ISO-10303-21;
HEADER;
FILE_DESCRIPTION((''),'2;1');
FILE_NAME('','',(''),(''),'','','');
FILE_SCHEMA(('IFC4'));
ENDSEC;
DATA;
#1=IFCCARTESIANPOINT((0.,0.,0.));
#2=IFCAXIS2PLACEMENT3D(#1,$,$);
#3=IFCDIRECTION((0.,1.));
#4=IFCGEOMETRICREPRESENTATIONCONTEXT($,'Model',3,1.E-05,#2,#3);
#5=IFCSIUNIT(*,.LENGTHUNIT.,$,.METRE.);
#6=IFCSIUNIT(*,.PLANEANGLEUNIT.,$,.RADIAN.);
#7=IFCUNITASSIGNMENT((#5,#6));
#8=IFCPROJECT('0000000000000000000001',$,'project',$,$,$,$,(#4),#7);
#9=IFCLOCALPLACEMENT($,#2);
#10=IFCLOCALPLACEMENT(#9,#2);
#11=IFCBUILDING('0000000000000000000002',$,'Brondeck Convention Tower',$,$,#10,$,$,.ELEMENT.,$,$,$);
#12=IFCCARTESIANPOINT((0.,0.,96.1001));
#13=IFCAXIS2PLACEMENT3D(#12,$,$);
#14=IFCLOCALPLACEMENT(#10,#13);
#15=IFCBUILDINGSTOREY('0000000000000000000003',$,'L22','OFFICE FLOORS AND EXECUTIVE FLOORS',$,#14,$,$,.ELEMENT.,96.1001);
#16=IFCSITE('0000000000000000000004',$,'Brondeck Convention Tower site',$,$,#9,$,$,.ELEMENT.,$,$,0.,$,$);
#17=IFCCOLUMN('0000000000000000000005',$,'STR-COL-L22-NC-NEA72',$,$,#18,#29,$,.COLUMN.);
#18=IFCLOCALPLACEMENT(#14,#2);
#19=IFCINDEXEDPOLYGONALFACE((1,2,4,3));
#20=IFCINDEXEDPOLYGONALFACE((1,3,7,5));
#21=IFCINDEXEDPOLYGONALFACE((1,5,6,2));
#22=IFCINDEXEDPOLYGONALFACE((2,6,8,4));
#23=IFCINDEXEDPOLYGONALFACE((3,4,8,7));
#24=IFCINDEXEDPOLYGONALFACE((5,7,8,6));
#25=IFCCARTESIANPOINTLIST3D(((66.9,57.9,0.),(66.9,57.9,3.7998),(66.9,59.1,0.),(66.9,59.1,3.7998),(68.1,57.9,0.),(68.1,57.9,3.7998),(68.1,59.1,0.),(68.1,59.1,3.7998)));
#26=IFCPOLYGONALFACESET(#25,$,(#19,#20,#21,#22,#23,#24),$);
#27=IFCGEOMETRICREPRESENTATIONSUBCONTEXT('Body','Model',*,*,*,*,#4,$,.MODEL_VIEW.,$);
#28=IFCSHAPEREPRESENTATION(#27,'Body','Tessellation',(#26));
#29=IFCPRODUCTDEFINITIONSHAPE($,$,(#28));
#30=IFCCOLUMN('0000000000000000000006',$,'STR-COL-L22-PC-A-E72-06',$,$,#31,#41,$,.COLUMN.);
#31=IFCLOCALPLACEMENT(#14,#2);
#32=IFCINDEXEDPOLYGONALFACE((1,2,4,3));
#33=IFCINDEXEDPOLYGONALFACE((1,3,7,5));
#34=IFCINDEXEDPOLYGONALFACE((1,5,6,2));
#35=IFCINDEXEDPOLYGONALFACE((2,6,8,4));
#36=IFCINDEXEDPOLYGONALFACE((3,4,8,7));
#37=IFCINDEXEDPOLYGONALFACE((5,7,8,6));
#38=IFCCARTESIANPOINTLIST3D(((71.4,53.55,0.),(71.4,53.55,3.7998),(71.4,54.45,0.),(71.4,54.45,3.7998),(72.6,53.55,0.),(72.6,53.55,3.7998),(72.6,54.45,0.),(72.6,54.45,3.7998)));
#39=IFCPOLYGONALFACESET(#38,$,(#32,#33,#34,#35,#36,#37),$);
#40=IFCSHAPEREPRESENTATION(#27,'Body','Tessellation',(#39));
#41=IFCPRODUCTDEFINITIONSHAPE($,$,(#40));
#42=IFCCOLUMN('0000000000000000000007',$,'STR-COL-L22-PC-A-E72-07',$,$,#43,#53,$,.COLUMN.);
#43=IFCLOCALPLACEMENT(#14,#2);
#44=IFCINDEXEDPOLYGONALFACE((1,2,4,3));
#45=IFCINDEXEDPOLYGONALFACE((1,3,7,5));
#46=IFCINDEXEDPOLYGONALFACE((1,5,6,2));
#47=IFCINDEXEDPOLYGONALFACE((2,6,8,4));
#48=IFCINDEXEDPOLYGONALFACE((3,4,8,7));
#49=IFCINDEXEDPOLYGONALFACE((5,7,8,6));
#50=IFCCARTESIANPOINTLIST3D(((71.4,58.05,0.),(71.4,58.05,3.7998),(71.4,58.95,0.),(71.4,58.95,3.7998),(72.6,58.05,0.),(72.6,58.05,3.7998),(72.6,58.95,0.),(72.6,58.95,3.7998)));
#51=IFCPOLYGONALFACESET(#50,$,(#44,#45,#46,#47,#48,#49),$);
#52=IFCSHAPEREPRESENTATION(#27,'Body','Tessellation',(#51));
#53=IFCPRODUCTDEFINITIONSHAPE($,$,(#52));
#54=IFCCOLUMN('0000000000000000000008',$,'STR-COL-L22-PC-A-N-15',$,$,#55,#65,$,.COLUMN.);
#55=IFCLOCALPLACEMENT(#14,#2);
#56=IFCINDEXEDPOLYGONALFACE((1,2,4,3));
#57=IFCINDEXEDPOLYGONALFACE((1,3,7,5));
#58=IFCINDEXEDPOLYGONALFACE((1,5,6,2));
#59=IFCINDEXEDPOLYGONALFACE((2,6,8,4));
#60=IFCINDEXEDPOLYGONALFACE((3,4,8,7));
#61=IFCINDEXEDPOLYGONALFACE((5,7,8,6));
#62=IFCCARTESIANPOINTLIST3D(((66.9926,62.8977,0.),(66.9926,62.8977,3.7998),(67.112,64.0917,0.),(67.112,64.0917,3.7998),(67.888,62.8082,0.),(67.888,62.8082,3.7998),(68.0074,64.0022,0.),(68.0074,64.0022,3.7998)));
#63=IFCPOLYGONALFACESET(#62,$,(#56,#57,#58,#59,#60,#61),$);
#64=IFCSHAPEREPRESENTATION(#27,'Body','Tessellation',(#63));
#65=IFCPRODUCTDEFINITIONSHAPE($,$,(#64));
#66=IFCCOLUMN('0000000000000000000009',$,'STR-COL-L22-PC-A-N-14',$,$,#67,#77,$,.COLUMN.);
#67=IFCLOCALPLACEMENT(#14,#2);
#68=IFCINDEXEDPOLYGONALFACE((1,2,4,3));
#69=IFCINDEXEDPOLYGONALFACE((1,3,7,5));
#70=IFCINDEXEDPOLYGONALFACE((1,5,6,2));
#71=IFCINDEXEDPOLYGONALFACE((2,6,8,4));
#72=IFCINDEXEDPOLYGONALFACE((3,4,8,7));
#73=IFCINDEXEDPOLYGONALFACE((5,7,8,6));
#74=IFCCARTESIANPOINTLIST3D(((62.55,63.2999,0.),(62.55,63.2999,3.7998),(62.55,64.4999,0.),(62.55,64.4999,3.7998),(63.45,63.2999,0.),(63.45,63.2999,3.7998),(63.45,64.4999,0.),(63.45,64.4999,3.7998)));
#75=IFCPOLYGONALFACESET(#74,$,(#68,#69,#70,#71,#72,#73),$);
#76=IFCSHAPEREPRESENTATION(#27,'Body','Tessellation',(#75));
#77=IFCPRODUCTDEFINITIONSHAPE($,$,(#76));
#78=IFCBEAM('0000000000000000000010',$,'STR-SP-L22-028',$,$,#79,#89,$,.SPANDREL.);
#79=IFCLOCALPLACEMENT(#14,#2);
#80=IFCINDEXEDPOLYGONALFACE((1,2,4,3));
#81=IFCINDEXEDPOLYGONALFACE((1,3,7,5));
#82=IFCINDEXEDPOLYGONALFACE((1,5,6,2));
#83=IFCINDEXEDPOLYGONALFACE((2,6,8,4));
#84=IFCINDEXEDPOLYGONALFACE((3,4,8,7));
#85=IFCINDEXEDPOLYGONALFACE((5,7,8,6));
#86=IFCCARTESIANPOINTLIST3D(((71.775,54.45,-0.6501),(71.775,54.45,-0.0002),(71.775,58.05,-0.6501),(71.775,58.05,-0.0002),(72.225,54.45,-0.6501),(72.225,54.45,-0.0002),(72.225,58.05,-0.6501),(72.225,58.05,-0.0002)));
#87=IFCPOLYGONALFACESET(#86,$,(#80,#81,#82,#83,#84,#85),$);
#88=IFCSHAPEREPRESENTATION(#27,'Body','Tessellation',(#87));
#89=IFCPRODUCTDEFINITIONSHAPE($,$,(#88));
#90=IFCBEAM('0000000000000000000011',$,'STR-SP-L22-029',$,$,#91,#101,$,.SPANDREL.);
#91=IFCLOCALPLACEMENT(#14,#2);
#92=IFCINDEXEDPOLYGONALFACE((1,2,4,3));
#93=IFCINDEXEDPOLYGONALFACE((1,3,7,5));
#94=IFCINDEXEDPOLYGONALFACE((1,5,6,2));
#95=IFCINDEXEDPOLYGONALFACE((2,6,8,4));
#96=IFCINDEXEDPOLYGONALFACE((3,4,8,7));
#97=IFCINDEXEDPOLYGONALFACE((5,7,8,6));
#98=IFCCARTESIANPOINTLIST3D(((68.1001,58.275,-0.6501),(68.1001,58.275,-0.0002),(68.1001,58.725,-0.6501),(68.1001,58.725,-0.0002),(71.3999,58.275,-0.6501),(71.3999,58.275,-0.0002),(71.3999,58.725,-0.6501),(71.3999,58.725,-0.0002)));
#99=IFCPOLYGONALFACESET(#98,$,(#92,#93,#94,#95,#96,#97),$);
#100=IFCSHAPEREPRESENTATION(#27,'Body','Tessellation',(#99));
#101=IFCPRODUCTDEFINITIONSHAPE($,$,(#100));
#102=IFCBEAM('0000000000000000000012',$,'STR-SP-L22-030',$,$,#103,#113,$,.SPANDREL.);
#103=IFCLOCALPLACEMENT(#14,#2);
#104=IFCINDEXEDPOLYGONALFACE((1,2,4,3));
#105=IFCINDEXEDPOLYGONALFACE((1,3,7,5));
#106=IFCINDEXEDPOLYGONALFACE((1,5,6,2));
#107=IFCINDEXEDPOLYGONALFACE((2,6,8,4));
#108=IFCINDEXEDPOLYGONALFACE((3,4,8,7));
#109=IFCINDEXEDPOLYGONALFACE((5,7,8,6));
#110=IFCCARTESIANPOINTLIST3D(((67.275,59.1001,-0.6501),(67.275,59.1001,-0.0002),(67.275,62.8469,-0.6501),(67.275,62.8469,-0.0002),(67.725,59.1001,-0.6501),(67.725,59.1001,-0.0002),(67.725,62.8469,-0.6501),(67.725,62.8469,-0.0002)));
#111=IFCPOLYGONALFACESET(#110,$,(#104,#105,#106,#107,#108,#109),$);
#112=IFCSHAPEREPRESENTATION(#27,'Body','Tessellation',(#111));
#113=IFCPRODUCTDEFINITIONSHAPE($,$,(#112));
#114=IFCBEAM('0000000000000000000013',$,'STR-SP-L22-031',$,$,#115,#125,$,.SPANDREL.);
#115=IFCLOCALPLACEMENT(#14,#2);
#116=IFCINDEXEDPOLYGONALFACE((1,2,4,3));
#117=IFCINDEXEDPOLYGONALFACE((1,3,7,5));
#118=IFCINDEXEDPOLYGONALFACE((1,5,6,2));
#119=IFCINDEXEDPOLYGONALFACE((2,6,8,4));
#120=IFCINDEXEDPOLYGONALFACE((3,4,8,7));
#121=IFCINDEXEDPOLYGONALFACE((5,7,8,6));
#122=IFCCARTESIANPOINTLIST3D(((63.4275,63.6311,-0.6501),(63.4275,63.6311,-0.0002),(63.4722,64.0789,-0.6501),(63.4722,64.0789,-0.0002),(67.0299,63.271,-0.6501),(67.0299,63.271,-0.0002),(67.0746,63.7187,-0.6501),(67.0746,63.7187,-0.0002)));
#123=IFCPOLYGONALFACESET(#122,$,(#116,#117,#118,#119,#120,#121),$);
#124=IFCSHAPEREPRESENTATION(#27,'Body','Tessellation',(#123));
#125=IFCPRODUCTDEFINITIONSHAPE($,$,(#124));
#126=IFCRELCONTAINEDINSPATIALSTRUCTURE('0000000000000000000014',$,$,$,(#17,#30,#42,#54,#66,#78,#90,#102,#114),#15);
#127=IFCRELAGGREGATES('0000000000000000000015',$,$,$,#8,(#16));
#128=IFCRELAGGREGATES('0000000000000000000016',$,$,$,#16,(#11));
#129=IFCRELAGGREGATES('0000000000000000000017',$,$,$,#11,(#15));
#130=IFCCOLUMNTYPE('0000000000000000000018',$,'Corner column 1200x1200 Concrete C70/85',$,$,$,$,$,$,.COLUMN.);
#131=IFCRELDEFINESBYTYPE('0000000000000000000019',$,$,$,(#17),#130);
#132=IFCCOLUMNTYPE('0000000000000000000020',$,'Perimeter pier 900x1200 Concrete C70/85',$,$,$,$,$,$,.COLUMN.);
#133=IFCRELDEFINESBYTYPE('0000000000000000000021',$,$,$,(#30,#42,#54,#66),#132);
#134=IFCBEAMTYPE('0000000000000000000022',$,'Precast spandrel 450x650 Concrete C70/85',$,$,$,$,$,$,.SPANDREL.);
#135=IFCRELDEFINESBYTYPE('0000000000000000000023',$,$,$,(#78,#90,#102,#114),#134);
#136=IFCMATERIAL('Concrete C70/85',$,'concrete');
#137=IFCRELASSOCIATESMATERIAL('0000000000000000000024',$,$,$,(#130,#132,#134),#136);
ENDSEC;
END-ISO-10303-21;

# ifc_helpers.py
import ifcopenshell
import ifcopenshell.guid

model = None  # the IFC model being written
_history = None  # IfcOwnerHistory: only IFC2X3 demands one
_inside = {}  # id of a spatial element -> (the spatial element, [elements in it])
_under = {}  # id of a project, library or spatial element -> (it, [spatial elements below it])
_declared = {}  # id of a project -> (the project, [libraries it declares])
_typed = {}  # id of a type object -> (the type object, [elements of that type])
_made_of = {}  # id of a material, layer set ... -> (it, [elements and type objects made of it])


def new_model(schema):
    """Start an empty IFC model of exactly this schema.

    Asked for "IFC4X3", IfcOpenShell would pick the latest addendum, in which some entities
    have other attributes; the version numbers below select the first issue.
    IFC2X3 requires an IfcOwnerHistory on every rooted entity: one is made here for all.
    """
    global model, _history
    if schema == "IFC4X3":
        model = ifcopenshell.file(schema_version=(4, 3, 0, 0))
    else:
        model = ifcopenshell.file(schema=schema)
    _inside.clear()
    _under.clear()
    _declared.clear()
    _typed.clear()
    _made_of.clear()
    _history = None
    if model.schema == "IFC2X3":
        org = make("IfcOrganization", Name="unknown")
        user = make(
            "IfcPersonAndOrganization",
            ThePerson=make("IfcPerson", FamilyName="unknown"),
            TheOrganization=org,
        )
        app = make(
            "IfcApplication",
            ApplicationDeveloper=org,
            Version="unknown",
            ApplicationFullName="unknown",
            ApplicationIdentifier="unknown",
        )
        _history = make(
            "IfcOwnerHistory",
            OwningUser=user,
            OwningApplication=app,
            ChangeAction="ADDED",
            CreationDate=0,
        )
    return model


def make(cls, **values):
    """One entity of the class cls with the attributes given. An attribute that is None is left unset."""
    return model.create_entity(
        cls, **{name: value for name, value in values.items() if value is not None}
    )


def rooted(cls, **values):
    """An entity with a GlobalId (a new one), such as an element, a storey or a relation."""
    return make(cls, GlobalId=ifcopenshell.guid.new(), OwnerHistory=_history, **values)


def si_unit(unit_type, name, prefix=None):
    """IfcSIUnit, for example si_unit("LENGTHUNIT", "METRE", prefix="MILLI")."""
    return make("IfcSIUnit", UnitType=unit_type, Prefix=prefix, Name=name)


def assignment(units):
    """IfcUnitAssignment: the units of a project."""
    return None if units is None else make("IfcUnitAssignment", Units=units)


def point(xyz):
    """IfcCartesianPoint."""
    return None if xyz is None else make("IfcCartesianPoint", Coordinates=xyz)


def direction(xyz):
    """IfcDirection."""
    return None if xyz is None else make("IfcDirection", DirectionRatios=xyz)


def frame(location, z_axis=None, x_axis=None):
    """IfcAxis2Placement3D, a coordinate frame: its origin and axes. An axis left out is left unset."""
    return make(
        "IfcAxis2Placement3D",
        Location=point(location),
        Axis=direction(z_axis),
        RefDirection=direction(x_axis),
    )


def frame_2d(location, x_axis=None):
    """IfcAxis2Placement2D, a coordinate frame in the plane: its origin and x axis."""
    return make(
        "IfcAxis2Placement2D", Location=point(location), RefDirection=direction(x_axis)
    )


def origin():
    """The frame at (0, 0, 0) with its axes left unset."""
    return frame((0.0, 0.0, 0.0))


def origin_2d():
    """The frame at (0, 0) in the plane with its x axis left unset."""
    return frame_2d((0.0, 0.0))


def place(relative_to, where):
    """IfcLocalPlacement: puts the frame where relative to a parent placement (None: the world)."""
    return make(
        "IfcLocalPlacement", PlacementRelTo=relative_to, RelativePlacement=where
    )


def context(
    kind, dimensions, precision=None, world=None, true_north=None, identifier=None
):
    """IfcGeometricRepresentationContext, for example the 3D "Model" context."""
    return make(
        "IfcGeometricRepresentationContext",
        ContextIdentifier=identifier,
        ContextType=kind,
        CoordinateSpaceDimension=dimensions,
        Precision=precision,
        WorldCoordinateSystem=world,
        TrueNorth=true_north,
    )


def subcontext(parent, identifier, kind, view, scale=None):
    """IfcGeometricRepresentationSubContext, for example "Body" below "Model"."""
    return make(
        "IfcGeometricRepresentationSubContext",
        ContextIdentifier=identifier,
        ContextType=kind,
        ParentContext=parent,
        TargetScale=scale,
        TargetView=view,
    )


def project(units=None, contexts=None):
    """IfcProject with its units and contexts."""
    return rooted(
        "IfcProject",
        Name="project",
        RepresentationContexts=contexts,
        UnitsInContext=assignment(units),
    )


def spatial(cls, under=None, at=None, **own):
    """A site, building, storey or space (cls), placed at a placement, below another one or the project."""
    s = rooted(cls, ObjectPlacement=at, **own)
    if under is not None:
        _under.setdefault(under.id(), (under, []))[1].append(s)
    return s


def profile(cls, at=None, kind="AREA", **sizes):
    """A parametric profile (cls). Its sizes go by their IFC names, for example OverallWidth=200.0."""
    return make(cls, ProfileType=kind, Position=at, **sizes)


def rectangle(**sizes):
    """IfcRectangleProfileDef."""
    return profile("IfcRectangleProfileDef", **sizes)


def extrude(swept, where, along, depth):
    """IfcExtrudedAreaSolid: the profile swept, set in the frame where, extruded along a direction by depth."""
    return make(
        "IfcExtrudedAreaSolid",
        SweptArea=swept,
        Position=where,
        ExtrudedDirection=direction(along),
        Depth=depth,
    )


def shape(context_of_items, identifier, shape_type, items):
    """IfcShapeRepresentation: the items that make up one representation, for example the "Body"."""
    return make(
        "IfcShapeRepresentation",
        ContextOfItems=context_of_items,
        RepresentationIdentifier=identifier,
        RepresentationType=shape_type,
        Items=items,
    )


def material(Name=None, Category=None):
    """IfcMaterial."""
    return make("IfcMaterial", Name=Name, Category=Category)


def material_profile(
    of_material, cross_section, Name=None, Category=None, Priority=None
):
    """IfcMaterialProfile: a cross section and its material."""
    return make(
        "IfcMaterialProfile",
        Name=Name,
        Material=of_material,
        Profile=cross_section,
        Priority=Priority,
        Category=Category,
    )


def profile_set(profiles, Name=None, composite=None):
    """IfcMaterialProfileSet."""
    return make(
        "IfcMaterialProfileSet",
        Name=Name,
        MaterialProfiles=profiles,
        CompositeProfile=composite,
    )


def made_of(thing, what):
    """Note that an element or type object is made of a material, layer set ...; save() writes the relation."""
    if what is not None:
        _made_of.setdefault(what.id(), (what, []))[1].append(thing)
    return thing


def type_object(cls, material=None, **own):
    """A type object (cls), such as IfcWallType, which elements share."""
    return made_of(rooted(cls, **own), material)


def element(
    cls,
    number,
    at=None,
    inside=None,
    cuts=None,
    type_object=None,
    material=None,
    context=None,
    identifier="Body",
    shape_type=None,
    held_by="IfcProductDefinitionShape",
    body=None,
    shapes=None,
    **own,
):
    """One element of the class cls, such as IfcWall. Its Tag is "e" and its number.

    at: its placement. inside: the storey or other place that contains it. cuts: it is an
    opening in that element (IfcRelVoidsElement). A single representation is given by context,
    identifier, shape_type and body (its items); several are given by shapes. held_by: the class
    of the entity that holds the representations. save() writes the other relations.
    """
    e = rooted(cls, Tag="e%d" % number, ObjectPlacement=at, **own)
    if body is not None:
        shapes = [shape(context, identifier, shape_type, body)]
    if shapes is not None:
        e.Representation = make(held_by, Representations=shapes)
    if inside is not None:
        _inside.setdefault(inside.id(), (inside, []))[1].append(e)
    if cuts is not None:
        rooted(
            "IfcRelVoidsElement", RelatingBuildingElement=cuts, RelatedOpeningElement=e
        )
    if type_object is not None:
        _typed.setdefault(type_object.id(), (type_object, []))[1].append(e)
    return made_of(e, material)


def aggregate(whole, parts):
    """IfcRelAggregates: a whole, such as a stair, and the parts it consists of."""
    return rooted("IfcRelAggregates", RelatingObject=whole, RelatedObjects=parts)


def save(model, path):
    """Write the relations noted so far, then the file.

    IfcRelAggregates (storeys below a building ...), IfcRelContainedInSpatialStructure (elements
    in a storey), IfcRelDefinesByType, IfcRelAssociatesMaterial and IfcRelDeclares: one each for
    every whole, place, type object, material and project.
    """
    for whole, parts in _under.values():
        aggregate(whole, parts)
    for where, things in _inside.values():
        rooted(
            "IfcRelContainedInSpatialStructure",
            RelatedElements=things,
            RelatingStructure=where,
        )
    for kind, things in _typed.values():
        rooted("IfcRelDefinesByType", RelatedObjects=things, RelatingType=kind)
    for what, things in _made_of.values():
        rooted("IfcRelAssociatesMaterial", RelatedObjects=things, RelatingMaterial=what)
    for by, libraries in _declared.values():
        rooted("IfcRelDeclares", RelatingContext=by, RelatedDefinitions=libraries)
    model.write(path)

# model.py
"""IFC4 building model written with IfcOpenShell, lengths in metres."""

from ifc_helpers import new_model, si_unit, direction, frame, origin, origin_2d, place, context, subcontext, project, spatial, rectangle, extrude, material, material_profile, profile_set, type_object, element, save


model = new_model("IFC4")

# Units and contexts
model_context = context("Model", 3, precision=1e-05, world=origin(), true_north=direction((0.0, 1.0)))
body_context = subcontext(model_context, "Body", "Model", "MODEL_VIEW")
ifc_project = project(units=[si_unit("LENGTHUNIT", "METRE"), si_unit("PLANEANGLEUNIT", "RADIAN")], contexts=[model_context])

# Site, building, storey
site_placement = place(None, origin())
site = spatial("IfcSite", under=ifc_project, at=site_placement, Name="Brondeck Convention Tower site", CompositionType="ELEMENT", RefElevation=0.0)
building_placement = place(site_placement, origin())
building = spatial("IfcBuilding", under=site, at=building_placement, Name="Brondeck Convention Tower", CompositionType="ELEMENT")
storey_placement = place(building_placement, frame((0.0, 0.0, 96.1001)))
storey = spatial("IfcBuildingStorey", under=building, at=storey_placement, Name="L22", Description="OFFICE FLOORS AND EXECUTIVE FLOORS", CompositionType="ELEMENT", Elevation=96.1001)

# Columns
ifc_material_1 = material(Name="Concrete C70/85", Category="concrete")
ifc_material_profile_1 = material_profile(ifc_material_1, rectangle(XDim=1.2, YDim=1.2, at=origin_2d()), Name="Corner column 1200x1200 Concrete C70/85")
ifc_profile_set_1 = profile_set([ifc_material_profile_1], Name="Concrete C70/85")
column_type_1 = type_object("IfcColumnType", Name="Corner column 1200x1200 Concrete C70/85", PredefinedType="COLUMN", material=ifc_profile_set_1)
column_placement = place(storey_placement, frame((67.5, 58.5, 0.0), z_axis=(0.0, 0.0, 1.0), x_axis=(1.0, 0.0, 0.0)))
element("IfcColumn", 1, at=column_placement, inside=storey, type_object=column_type_1, Name="STR-COL-L22-NC-NEA72", PredefinedType="COLUMN", context=body_context, shape_type="SweptSolid", body=[
    extrude(rectangle(XDim=1.2, YDim=1.2, at=origin_2d()), origin(), (0.0, 0.0, 1.0), 3.7998),
])
ifc_material_profile_2 = material_profile(ifc_material_1, rectangle(XDim=0.8999, YDim=1.2, at=origin_2d()), Name="Perimeter pier 900x1200 Concrete C70/85")
ifc_profile_set_2 = profile_set([ifc_material_profile_2], Name="Concrete C70/85")
column_type_2 = type_object("IfcColumnType", Name="Perimeter pier 900x1200 Concrete C70/85", PredefinedType="COLUMN", material=ifc_profile_set_2)
for number, where, z_axis, x_axis, name in (
    (2, (72.0, 54.0, 0.0), (0.0, 0.0, 1.0), (0.0, 1.0, 0.0), "STR-COL-L22-PC-A-E72-06"),
    (3, (72.0, 58.5, 0.0), (0.0, 0.0, 1.0), (0.0, 1.0, 0.0), "STR-COL-L22-PC-A-E72-07"),
    (4, (67.5, 63.45, 0.0), (0.0, 0.0, 1.0), (-0.995037, 0.099504, 0.0), "STR-COL-L22-PC-A-N-15"),
    (5, (63.0, 63.8999, 0.0), (0.0, 0.0, 1.0), (-1.0, 0.0, 0.0), "STR-COL-L22-PC-A-N-14"),
):
    element("IfcColumn", number, at=place(storey_placement, frame(where, z_axis=z_axis, x_axis=x_axis)), inside=storey, type_object=column_type_2, Name=name, PredefinedType="COLUMN", context=body_context, shape_type="SweptSolid", body=[
        extrude(rectangle(XDim=0.8999, YDim=1.2, at=origin_2d()), origin(), (0.0, 0.0, 1.0), 3.7998),
    ])

# Beams
ifc_material_profile_3 = material_profile(ifc_material_1, rectangle(XDim=0.45, YDim=0.6499, at=origin_2d()), Name="Precast spandrel 450x650 Concrete C70/85")
ifc_profile_set_3 = profile_set([ifc_material_profile_3], Name="Concrete C70/85")
beam_type = type_object("IfcBeamType", Name="Precast spandrel 450x650 Concrete C70/85", PredefinedType="SPANDREL", material=ifc_profile_set_3)
beam_1_placement = place(storey_placement, frame((72.0, 54.45, -0.3252), z_axis=(0.0, 1.0, 0.0), x_axis=(-1.0, 0.0, 0.0)))
element("IfcBeam", 6, at=beam_1_placement, inside=storey, type_object=beam_type, Name="STR-SP-L22-028", PredefinedType="SPANDREL", context=body_context, shape_type="SweptSolid", body=[
    extrude(rectangle(XDim=0.45, YDim=0.6499, at=origin_2d()), origin(), (0.0, 0.0, 1.0), 3.6001),
])
beam_2_placement = place(storey_placement, frame((71.3999, 58.5, -0.3252), z_axis=(-1.0, 0.0, 0.0), x_axis=(0.0, -1.0, 0.0)))
element("IfcBeam", 7, at=beam_2_placement, inside=storey, type_object=beam_type, Name="STR-SP-L22-029", PredefinedType="SPANDREL", context=body_context, shape_type="SweptSolid", body=[
    extrude(rectangle(XDim=0.45, YDim=0.6499, at=origin_2d()), origin(), (0.0, 0.0, 1.0), 3.2998),
])
beam_3_placement = place(storey_placement, frame((67.5, 59.1001, -0.3252), z_axis=(0.0, 1.0, 0.0), x_axis=(-1.0, 0.0, 0.0)))
element("IfcBeam", 8, at=beam_3_placement, inside=storey, type_object=beam_type, Name="STR-SP-L22-030", PredefinedType="SPANDREL", context=body_context, shape_type="SweptSolid", body=[
    extrude(rectangle(XDim=0.45, YDim=0.6499, at=origin_2d()), origin(), (0.0, 0.0, 1.0), 3.7468),
])
beam_4_placement = place(storey_placement, frame((67.0522, 63.4949, -0.3252), z_axis=(-0.995041, 0.09947, 0.0), x_axis=(-0.09947, -0.995041, 0.0)))
element("IfcBeam", 9, at=beam_4_placement, inside=storey, type_object=beam_type, Name="STR-SP-L22-031", PredefinedType="SPANDREL", context=body_context, shape_type="SweptSolid", body=[
    extrude(rectangle(XDim=0.45, YDim=0.6499, at=origin_2d()), origin(), (0.0, 0.0, 1.0), 3.6204),
])

save(model, "model.ifc")
